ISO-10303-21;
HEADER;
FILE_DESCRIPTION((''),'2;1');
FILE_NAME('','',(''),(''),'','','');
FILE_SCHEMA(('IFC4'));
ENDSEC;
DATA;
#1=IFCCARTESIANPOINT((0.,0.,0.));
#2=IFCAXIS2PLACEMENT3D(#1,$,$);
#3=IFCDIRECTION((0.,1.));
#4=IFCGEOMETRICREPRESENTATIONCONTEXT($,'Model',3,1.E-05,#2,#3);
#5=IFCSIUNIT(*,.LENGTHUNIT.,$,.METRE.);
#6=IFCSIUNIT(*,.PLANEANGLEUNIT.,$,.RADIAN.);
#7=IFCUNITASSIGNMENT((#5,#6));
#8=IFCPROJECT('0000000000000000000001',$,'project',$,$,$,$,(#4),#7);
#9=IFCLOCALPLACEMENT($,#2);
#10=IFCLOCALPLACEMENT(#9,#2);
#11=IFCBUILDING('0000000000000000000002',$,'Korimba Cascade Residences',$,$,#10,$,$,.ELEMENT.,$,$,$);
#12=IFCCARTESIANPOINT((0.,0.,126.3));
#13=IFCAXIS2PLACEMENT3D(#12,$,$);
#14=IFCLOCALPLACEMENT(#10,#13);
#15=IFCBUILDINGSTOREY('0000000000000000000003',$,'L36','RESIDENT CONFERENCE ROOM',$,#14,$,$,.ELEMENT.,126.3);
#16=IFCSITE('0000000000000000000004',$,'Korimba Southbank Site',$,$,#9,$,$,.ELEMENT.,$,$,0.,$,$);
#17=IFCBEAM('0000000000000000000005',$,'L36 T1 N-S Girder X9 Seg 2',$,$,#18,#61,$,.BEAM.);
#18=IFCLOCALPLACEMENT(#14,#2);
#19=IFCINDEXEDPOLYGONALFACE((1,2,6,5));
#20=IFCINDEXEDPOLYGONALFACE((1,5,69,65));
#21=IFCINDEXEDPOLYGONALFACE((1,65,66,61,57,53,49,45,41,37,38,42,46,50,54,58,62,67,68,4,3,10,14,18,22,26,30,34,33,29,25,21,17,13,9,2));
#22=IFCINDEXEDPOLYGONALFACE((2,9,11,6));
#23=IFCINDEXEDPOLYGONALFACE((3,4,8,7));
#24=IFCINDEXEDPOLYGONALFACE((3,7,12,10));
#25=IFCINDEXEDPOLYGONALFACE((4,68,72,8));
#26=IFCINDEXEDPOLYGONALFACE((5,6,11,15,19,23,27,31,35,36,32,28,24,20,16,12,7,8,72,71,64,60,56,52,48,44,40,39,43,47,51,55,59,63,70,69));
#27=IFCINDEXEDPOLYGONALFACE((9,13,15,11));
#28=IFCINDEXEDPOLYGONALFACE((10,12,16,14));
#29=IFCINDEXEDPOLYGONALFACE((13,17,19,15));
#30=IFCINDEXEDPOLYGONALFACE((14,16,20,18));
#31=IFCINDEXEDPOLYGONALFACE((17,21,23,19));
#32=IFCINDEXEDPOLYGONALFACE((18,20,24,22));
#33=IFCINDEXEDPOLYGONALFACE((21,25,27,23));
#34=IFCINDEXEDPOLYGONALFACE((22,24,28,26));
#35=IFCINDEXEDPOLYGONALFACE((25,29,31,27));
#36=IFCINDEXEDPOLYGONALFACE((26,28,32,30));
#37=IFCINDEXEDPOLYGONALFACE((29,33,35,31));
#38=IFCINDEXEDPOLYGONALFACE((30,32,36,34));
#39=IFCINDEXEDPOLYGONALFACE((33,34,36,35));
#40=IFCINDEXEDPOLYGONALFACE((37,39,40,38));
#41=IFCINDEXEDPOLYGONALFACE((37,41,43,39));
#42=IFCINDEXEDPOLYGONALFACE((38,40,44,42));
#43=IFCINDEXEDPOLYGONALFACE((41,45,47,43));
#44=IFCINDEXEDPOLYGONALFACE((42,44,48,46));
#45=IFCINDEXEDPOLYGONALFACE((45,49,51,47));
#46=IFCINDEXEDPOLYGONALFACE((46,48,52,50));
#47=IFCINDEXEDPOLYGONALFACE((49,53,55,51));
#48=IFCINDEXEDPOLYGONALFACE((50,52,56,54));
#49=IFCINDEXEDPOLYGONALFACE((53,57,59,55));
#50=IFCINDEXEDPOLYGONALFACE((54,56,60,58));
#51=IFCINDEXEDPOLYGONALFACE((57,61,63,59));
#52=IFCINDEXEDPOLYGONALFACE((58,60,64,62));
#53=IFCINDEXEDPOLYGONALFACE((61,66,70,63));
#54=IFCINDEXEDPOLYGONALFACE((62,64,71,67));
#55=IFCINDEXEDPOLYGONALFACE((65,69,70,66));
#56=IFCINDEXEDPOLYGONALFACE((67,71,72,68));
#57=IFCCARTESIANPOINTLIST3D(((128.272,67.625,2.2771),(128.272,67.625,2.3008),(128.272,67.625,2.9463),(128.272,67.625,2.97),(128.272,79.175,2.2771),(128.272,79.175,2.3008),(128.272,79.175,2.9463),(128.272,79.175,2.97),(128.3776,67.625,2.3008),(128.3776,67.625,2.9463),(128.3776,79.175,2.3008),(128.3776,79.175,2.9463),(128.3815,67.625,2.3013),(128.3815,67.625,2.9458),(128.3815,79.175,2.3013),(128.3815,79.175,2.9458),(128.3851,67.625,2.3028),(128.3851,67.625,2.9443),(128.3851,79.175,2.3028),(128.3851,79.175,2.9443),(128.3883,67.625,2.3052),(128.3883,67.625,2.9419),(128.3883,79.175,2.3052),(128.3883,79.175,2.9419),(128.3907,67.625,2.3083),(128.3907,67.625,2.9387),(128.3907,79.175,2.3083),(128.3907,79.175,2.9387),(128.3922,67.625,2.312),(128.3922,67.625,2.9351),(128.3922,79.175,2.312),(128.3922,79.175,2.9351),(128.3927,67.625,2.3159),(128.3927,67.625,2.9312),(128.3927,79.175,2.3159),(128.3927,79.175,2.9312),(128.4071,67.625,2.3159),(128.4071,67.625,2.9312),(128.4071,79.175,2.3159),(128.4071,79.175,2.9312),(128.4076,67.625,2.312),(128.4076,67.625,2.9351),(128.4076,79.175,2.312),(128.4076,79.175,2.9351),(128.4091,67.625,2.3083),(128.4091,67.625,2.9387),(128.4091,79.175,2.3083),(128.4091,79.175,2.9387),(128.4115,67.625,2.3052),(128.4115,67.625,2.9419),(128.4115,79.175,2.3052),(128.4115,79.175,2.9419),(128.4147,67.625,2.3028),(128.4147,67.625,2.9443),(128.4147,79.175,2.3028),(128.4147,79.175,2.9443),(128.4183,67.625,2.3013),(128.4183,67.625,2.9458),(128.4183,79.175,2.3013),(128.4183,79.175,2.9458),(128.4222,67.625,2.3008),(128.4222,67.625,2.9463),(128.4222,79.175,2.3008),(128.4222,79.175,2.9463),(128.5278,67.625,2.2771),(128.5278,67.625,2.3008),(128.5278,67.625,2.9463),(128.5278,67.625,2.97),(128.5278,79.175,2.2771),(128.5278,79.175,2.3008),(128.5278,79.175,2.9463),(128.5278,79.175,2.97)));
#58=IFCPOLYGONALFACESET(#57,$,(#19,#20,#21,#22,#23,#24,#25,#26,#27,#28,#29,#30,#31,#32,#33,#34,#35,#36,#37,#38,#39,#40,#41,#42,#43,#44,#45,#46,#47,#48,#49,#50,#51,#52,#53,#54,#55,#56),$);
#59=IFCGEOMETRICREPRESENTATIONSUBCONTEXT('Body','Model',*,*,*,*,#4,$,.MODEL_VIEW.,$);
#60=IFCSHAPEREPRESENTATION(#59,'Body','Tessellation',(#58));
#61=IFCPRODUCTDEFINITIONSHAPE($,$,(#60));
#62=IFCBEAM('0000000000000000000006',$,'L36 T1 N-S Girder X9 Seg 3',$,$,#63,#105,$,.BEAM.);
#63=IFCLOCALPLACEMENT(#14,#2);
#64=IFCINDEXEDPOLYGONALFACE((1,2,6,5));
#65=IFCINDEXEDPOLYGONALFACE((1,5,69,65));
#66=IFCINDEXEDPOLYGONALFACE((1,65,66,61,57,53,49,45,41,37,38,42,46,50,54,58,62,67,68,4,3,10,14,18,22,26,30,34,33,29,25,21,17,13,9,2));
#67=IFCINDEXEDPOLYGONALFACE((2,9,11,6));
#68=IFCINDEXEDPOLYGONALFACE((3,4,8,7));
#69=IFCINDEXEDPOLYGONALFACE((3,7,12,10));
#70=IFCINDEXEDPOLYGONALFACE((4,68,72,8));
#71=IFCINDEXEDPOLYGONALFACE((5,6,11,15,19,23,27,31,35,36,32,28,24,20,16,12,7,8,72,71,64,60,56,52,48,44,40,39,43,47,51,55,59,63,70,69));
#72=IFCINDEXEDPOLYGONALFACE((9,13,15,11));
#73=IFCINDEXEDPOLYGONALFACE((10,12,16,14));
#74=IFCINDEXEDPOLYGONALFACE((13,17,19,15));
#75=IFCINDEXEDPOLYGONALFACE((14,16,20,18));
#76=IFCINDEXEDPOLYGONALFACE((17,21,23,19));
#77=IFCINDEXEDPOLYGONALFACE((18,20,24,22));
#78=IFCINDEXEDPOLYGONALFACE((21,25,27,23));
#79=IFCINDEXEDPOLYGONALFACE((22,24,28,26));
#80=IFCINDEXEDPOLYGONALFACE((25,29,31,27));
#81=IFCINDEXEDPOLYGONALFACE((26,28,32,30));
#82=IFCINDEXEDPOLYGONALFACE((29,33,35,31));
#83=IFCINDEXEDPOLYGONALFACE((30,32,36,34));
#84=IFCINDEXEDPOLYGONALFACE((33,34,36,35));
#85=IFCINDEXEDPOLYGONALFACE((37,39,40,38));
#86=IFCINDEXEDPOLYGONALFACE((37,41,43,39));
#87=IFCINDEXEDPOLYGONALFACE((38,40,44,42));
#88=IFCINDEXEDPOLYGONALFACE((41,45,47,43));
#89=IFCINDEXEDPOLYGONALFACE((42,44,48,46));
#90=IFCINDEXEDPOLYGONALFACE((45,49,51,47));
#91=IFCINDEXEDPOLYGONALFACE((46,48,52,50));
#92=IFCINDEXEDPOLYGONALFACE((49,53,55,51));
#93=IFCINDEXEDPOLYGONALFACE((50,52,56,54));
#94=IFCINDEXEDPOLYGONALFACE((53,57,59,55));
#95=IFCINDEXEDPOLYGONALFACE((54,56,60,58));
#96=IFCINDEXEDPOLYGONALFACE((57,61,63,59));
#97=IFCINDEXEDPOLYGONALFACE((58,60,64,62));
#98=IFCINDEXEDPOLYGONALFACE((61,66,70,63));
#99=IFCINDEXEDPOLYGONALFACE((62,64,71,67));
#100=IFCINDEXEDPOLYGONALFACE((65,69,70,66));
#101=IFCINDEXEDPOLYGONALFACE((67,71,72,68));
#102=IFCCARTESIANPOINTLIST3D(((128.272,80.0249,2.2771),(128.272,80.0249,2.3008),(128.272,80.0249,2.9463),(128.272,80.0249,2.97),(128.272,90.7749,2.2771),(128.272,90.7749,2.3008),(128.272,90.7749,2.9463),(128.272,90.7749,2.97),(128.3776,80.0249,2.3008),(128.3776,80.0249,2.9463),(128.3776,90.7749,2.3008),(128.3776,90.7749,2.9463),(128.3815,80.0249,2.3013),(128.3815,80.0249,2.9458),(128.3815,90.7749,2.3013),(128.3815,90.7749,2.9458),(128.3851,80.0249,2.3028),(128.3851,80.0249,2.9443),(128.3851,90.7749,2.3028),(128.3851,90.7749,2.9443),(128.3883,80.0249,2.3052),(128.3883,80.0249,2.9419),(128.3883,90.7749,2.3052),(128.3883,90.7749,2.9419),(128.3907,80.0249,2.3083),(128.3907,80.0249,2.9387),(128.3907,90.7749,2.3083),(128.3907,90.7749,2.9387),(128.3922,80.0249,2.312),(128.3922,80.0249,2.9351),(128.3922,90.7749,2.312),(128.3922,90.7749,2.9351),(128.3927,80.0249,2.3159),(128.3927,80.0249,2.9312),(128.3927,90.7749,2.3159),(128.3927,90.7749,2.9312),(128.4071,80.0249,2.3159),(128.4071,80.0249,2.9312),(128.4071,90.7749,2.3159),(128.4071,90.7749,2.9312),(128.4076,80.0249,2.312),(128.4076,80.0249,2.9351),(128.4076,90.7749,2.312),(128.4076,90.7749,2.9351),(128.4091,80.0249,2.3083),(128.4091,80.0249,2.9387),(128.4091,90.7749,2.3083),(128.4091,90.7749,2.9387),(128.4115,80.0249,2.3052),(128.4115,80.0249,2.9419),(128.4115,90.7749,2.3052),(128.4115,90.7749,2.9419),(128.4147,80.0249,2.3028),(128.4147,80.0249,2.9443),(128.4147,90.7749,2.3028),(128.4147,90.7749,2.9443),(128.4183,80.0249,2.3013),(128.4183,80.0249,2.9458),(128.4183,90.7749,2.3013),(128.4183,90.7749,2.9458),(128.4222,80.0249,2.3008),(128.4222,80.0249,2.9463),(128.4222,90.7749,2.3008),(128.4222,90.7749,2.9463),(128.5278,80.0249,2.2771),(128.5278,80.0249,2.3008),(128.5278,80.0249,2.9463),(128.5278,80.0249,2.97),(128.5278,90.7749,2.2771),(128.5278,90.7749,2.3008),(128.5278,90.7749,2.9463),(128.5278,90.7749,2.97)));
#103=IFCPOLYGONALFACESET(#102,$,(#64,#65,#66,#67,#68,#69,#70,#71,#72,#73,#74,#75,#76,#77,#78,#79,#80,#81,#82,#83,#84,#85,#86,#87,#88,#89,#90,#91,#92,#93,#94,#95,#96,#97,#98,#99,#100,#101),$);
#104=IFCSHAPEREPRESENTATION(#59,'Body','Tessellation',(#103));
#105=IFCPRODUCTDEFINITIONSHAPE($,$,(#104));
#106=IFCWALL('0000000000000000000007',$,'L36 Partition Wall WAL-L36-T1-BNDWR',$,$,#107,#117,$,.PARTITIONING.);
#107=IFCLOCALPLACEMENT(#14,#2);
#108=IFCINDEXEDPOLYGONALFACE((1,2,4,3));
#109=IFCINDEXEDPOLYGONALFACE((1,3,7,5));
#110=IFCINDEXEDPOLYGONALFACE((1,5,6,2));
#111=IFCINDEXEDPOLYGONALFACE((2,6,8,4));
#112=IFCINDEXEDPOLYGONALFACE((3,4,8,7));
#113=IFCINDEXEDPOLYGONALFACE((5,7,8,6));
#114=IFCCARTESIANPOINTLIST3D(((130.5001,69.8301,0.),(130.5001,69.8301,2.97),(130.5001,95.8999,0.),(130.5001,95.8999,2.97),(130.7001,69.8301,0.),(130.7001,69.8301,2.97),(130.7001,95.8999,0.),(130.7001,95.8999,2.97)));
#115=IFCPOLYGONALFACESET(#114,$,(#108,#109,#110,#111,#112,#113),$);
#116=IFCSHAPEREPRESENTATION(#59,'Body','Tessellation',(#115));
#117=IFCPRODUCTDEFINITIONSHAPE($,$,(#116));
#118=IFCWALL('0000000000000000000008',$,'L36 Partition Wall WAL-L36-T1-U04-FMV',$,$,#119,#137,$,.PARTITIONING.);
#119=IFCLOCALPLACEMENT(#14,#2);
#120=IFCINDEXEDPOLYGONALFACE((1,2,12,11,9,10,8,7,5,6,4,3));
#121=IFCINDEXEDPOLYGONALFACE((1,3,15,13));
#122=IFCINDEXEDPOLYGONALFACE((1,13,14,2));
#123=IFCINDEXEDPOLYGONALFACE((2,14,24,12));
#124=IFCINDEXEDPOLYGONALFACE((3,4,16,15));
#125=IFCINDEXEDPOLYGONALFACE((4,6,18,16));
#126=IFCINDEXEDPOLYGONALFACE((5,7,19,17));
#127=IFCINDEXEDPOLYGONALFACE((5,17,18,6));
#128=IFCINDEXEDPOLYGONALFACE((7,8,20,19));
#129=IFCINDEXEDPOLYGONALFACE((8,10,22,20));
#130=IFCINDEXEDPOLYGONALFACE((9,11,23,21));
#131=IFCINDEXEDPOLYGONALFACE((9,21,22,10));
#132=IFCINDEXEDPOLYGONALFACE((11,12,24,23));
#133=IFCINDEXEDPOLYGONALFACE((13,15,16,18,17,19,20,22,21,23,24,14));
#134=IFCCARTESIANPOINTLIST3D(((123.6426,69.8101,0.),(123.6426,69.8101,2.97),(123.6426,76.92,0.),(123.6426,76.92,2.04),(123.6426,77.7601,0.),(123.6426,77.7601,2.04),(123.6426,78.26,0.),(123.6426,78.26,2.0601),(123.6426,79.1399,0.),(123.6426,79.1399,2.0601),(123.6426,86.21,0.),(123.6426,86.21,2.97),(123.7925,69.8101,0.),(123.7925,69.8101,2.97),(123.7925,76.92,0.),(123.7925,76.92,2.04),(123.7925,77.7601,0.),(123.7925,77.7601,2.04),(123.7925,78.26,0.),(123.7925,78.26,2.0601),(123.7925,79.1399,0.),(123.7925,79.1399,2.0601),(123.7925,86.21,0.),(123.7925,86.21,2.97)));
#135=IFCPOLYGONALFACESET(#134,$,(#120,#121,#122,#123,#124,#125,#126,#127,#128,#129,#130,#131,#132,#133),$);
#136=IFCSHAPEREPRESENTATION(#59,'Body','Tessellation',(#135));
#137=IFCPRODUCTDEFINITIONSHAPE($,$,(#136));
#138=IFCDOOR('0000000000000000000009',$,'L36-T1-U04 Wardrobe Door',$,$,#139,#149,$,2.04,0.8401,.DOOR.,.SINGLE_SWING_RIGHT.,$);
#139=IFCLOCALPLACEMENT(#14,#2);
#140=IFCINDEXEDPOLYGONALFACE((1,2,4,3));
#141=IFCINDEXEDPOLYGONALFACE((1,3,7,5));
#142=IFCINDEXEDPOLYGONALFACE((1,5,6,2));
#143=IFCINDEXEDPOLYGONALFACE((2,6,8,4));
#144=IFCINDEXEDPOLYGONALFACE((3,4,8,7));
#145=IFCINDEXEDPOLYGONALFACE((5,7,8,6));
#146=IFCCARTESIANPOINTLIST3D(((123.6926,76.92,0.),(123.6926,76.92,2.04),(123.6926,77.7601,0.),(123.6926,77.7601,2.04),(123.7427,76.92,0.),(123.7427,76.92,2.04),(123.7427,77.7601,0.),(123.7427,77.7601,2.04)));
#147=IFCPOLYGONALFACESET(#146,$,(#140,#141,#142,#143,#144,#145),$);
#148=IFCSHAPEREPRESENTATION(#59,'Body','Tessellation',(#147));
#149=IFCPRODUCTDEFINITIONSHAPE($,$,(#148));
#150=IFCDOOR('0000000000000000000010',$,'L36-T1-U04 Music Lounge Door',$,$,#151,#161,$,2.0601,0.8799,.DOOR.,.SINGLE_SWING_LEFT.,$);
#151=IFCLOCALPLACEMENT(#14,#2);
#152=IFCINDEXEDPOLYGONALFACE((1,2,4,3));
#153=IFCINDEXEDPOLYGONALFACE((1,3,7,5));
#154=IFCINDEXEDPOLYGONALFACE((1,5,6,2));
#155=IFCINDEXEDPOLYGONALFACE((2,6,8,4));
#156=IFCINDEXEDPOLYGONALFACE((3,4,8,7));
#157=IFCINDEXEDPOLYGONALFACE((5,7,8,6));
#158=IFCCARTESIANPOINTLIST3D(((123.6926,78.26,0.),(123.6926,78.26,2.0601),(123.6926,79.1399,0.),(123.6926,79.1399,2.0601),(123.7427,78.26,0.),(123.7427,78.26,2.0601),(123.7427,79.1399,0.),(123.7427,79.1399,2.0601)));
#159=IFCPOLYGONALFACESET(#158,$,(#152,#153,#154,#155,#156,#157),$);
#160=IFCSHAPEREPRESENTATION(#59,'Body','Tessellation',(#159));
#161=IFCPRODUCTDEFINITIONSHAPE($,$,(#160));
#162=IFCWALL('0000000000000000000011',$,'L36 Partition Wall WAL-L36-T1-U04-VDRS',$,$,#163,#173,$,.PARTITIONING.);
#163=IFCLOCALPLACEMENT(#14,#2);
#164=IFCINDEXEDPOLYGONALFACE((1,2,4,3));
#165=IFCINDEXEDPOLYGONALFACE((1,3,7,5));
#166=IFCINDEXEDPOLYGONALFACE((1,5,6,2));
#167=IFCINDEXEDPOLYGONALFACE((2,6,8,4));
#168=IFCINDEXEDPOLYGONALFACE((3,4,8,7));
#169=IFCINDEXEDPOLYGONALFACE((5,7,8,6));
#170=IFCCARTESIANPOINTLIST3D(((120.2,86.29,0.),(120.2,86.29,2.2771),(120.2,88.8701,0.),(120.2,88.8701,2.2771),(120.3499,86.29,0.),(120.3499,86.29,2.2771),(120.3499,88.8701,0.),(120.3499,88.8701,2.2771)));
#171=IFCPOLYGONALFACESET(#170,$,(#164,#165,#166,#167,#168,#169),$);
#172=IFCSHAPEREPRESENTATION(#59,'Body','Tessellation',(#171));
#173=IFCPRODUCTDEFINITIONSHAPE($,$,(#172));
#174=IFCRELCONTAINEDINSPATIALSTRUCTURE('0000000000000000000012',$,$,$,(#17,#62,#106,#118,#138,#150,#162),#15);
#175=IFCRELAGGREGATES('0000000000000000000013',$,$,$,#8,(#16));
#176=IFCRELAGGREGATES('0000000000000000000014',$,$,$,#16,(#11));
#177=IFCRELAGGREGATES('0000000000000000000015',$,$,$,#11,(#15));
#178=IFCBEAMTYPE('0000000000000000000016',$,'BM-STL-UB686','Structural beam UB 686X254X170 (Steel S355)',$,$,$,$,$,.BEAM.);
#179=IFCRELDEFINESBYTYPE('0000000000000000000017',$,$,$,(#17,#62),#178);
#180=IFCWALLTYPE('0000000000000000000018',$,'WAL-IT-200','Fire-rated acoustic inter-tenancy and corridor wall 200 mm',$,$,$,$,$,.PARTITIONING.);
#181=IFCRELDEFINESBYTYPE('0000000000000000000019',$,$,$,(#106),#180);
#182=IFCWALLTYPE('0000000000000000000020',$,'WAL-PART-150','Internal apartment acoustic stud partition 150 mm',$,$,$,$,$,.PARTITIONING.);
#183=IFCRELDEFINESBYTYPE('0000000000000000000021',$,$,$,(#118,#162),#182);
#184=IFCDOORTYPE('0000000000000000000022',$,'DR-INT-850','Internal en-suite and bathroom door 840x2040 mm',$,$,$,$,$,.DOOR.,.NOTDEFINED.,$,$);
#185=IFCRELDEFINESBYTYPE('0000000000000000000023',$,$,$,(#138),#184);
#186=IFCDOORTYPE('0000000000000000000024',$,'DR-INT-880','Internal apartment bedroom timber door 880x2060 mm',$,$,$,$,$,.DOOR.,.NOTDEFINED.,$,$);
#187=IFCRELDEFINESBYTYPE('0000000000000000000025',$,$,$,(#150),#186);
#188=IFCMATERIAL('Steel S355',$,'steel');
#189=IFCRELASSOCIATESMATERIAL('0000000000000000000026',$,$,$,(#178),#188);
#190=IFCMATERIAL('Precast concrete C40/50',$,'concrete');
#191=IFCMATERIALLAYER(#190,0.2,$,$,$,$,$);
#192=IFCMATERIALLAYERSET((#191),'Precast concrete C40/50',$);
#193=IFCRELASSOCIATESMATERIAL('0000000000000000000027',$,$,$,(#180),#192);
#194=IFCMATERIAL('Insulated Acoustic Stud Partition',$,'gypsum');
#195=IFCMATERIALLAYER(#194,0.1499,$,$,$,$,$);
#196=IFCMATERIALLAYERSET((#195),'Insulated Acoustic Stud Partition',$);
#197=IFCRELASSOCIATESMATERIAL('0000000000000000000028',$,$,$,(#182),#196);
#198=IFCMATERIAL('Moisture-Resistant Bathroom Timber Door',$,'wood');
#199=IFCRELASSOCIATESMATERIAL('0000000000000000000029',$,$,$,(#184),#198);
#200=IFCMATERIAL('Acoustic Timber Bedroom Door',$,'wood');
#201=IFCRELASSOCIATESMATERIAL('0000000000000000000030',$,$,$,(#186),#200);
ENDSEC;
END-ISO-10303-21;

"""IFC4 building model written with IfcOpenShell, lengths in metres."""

from ifc_helpers import new_model, si_unit, direction, frame, frame_2d, origin, origin_2d, place, context, subcontext, project, spatial, rectangle, i_section, extrude, material, layer, layer_set, material_profile, profile_set, type_object, element, fill, save


model = new_model("IFC4")

# Units and contexts
model_context = context("Model", 3, precision=1e-05, world=origin(), true_north=direction((0.0, 1.0)))
body_context = subcontext(model_context, "Body", "Model", "MODEL_VIEW")
ifc_project = project(units=[si_unit("LENGTHUNIT", "METRE"), si_unit("PLANEANGLEUNIT", "RADIAN")], contexts=[model_context])

# Site, building, storey
site_placement = place(None, origin())
site = spatial("IfcSite", under=ifc_project, at=site_placement, Name="Korimba Southbank Site", CompositionType="ELEMENT", RefElevation=0.0)
building_placement = place(site_placement, origin())
building = spatial("IfcBuilding", under=site, at=building_placement, Name="Korimba Cascade Residences", CompositionType="ELEMENT")
storey_placement = place(building_placement, frame((0.0, 0.0, 126.3)))
storey = spatial("IfcBuildingStorey", under=building, at=storey_placement, Name="L36", Description="RESIDENT CONFERENCE ROOM", CompositionType="ELEMENT", Elevation=126.3)

# Beams
ifc_material_1 = material(Name="Steel S355", Category="steel")
ifc_material_profile_1 = material_profile(ifc_material_1, i_section(OverallWidth=0.2559, OverallDepth=0.6929, WebThickness=0.0144, FlangeThickness=0.0237, FilletRadius=0.0151, at=origin_2d()), Name="Steel S355")
ifc_profile_set_1 = profile_set([ifc_material_profile_1], Name="Steel S355")
beam_type_1 = type_object("IfcBeamType", Name="BM-STL-UB686", Description="Structural beam UB 686X254X170 (Steel S355)", PredefinedType="BEAM", material=ifc_profile_set_1)
beam_1_placement = place(storey_placement, frame((128.3999, 67.625, 2.6235), z_axis=(0.0, 1.0, 0.0), x_axis=(-1.0, 0.0, 0.0)))
element("IfcBeam", 1, at=beam_1_placement, inside=storey, type_object=beam_type_1, Name="L36 T1 N-S Girder X9 Seg 2", PredefinedType="BEAM", context=body_context, shape_type="SweptSolid", body=[
    extrude(i_section(OverallWidth=0.2559, OverallDepth=0.6929, WebThickness=0.0144, FlangeThickness=0.0237, FilletRadius=0.0151, at=origin_2d()), origin(), (0.0, 0.0, 1.0), 11.55),
])
beam_2_placement = place(storey_placement, frame((128.3999, 80.0249, 2.6235), z_axis=(0.0, 1.0, 0.0), x_axis=(-1.0, 0.0, 0.0)))
element("IfcBeam", 2, at=beam_2_placement, inside=storey, type_object=beam_type_1, Name="L36 T1 N-S Girder X9 Seg 3", PredefinedType="BEAM", context=body_context, shape_type="SweptSolid", body=[
    extrude(i_section(OverallWidth=0.2559, OverallDepth=0.6929, WebThickness=0.0144, FlangeThickness=0.0237, FilletRadius=0.0151, at=origin_2d()), origin(), (0.0, 0.0, 1.0), 10.75),
])

# Wall
ifc_material_2 = material(Name="Precast concrete C40/50", Category="concrete")
ifc_layer_1 = layer(ifc_material_2, 0.2)
ifc_layer_set_1 = layer_set([ifc_layer_1], Name="Precast concrete C40/50")
wall_type_1 = type_object("IfcWallType", Name="WAL-IT-200", Description="Fire-rated acoustic inter-tenancy and corridor wall 200 mm", PredefinedType="PARTITIONING", material=ifc_layer_set_1)
wall_1_placement = place(storey_placement, frame((130.6001, 69.8301, 0.0), z_axis=(0.0, 0.0, 1.0), x_axis=(0.0, 1.0, 0.0)))
element("IfcWall", 3, at=wall_1_placement, inside=storey, type_object=wall_type_1, Name="L36 Partition Wall WAL-L36-T1-BNDWR", PredefinedType="PARTITIONING", context=body_context, shape_type="SweptSolid", body=[
    extrude(rectangle(XDim=26.0698, YDim=0.2, at=frame_2d((13.0349, 0.0))), origin(), (0.0, 0.0, 1.0), 2.97),
])

# Wall, openings, doors
ifc_material_3 = material(Name="Insulated Acoustic Stud Partition", Category="gypsum")
ifc_layer_2 = layer(ifc_material_3, 0.1499)
ifc_layer_set_2 = layer_set([ifc_layer_2], Name="Insulated Acoustic Stud Partition")
wall_type_2 = type_object("IfcWallType", Name="WAL-PART-150", Description="Internal apartment acoustic stud partition 150 mm", PredefinedType="PARTITIONING", material=ifc_layer_set_2)
wall_2_placement = place(storey_placement, frame((123.7175, 69.8101, 0.0), z_axis=(0.0, 0.0, 1.0), x_axis=(0.0, 1.0, 0.0)))
wall_2 = element("IfcWall", 4, at=wall_2_placement, inside=storey, type_object=wall_type_2, Name="L36 Partition Wall WAL-L36-T1-U04-FMV", PredefinedType="PARTITIONING", context=body_context, shape_type="SweptSolid", body=[
    extrude(rectangle(XDim=16.3999, YDim=0.1499, at=frame_2d((8.2, 0.0))), origin(), (0.0, 0.0, 1.0), 2.97),
])
opening_1_placement = place(wall_2_placement, frame((7.1101, 0.0, 0.0)))
opening_1 = element("IfcOpeningElement", 5, at=opening_1_placement, cuts=wall_2, PredefinedType="OPENING", context=body_context, shape_type="SweptSolid", body=[
    extrude(rectangle(XDim=0.8401, YDim=2.04, at=frame_2d((0.4199, 1.02))), frame((0.0, 0.085, 0.0), z_axis=(0.0, -1.0, 0.0), x_axis=(1.0, 0.0, 0.0)), (0.0, 0.0, 1.0), 0.1699),
])
opening_2_placement = place(wall_2_placement, frame((8.45, 0.0, 0.0)))
opening_2 = element("IfcOpeningElement", 6, at=opening_2_placement, cuts=wall_2, PredefinedType="OPENING", context=body_context, shape_type="SweptSolid", body=[
    extrude(rectangle(XDim=0.8799, YDim=2.0601, at=frame_2d((0.4399, 1.03))), frame((0.0, 0.085, 0.0), z_axis=(0.0, -1.0, 0.0), x_axis=(1.0, 0.0, 0.0)), (0.0, 0.0, 1.0), 0.1699),
])
ifc_material_4 = material(Name="Moisture-Resistant Bathroom Timber Door", Category="wood")
door_type_1 = type_object("IfcDoorType", Name="DR-INT-850", Description="Internal en-suite and bathroom door 840x2040 mm", OperationType="NOTDEFINED", PredefinedType="DOOR", material=ifc_material_4)
door_1_placement = place(opening_1_placement, origin())
door_1 = element("IfcDoor", 7, at=door_1_placement, inside=storey, type_object=door_type_1, Name="L36-T1-U04 Wardrobe Door", OperationType="SINGLE_SWING_RIGHT", OverallHeight=2.04, OverallWidth=0.8401, PredefinedType="DOOR", context=body_context, shape_type="SweptSolid", body=[
    extrude(rectangle(XDim=0.8401, YDim=2.04, at=frame_2d((0.4199, 1.02))), frame((0.0, 0.0249, 0.0), z_axis=(0.0, -1.0, 0.0), x_axis=(1.0, 0.0, 0.0)), (0.0, 0.0, 1.0), 0.05),
])
fill(opening_1, door_1)
ifc_material_5 = material(Name="Acoustic Timber Bedroom Door", Category="wood")
door_type_2 = type_object("IfcDoorType", Name="DR-INT-880", Description="Internal apartment bedroom timber door 880x2060 mm", OperationType="NOTDEFINED", PredefinedType="DOOR", material=ifc_material_5)
door_2_placement = place(opening_2_placement, origin())
door_2 = element("IfcDoor", 8, at=door_2_placement, inside=storey, type_object=door_type_2, Name="L36-T1-U04 Music Lounge Door", OperationType="SINGLE_SWING_LEFT", OverallHeight=2.0601, OverallWidth=0.8799, PredefinedType="DOOR", context=body_context, shape_type="SweptSolid", body=[
    extrude(rectangle(XDim=0.8799, YDim=2.0601, at=frame_2d((0.4399, 1.03))), frame((0.0, 0.0249, 0.0), z_axis=(0.0, -1.0, 0.0), x_axis=(1.0, 0.0, 0.0)), (0.0, 0.0, 1.0), 0.05),
])
fill(opening_2, door_2)

# Wall
wall_3_placement = place(storey_placement, frame((120.2749, 86.29, 0.0), z_axis=(0.0, 0.0, 1.0), x_axis=(0.0, 1.0, 0.0)))
element("IfcWall", 9, at=wall_3_placement, inside=storey, type_object=wall_type_2, Name="L36 Partition Wall WAL-L36-T1-U04-VDRS", PredefinedType="PARTITIONING", context=body_context, shape_type="SweptSolid", body=[
    extrude(rectangle(XDim=2.5801, YDim=0.1499, at=frame_2d((1.29, 0.0))), origin(), (0.0, 0.0, 1.0), 2.2771),
])

save(model, "model.ifc")
